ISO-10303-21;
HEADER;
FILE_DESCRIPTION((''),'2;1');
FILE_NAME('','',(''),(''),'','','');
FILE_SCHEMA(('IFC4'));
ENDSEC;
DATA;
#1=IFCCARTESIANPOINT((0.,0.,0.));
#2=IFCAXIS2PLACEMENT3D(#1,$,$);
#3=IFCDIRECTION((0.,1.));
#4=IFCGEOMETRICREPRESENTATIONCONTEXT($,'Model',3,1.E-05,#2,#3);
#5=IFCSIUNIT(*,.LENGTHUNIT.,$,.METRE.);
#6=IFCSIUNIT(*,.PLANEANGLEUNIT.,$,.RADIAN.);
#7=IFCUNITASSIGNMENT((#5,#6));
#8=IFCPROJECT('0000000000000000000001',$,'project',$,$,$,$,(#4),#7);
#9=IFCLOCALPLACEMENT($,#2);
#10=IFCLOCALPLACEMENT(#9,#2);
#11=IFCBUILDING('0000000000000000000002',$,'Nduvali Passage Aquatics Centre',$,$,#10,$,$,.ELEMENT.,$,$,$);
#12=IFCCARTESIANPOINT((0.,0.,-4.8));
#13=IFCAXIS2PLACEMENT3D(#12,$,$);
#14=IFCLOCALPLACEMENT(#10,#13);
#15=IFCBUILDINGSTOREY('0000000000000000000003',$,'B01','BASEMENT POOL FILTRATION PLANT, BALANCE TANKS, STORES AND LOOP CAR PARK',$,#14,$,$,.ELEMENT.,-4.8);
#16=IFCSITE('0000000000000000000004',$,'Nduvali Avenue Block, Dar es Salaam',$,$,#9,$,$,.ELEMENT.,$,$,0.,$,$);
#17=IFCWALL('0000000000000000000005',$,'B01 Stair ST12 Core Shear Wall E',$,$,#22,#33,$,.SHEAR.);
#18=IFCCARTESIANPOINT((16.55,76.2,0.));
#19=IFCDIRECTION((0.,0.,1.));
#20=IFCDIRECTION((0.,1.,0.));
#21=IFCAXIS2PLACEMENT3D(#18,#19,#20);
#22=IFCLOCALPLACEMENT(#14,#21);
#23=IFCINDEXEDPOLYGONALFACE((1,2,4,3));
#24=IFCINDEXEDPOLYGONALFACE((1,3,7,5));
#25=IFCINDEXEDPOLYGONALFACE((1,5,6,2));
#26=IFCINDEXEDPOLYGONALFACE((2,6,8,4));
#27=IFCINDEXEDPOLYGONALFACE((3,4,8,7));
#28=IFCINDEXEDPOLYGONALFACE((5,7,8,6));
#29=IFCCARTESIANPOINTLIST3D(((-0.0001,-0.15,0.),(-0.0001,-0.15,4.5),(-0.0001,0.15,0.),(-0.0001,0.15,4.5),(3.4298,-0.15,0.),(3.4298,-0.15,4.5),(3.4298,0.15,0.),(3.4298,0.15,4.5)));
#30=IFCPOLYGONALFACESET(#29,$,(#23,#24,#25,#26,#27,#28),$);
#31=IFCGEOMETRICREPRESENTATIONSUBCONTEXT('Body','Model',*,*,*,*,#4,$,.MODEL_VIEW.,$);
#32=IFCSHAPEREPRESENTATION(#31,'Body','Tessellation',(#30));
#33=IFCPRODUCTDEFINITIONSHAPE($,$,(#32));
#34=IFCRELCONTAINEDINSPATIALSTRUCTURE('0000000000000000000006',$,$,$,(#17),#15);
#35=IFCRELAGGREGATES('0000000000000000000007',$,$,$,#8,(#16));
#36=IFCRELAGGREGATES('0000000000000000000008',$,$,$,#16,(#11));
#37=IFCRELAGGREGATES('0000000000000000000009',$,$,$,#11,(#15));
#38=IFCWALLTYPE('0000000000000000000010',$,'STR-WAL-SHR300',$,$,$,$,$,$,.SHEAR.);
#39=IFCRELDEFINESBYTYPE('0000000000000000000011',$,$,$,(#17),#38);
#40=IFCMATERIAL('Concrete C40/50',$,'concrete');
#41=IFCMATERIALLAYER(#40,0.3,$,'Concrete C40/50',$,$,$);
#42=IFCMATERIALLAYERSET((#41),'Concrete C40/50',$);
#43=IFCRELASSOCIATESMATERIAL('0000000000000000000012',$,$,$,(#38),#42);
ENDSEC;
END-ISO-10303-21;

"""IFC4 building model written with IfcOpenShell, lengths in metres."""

from ifc_helpers import new_model, si_unit, direction, frame, frame_2d, origin, place, context, subcontext, project, spatial, rectangle, extrude, material, layer, layer_set, type_object, element, save


model = new_model("IFC4")

# Units and contexts
model_context = context("Model", 3, precision=1e-05, world=origin(), true_north=direction((0.0, 1.0)))
body_context = subcontext(model_context, "Body", "Model", "MODEL_VIEW")
ifc_project = project(units=[si_unit("LENGTHUNIT", "METRE"), si_unit("PLANEANGLEUNIT", "RADIAN")], contexts=[model_context])

# Site, building, storey
site_placement = place(None, origin())
site = spatial("IfcSite", under=ifc_project, at=site_placement, Name="Nduvali Avenue Block, Dar es Salaam", CompositionType="ELEMENT", RefElevation=0.0)
building_placement = place(site_placement, origin())
building = spatial("IfcBuilding", under=site, at=building_placement, Name="Nduvali Passage Aquatics Centre", CompositionType="ELEMENT")
storey_placement = place(building_placement, frame((0.0, 0.0, -4.8)))
storey = spatial("IfcBuildingStorey", under=building, at=storey_placement, Name="B01", Description="BASEMENT POOL FILTRATION PLANT, BALANCE TANKS, STORES AND LOOP CAR PARK", CompositionType="ELEMENT", Elevation=-4.8)

# Shared definitions
ifc_material_1 = material(Name="Concrete C40/50", Category="concrete")

# Wall
ifc_layer_1 = layer(ifc_material_1, 0.3, Name="Concrete C40/50")
ifc_layer_set_1 = layer_set([ifc_layer_1], Name="Concrete C40/50")
wall_type_1 = type_object("IfcWallType", Name="STR-WAL-SHR300", PredefinedType="SHEAR", material=ifc_layer_set_1)
wall_1_placement = place(storey_placement, frame((16.55, 76.2, 0.0), z_axis=(0.0, 0.0, 1.0), x_axis=(0.0, 1.0, 0.0)))
element("IfcWall", 1, at=wall_1_placement, inside=storey, type_object=wall_type_1, Name="B01 Stair ST12 Core Shear Wall E", PredefinedType="SHEAR", context=body_context, shape_type="SweptSolid", body=[
    extrude(rectangle(XDim=3.4299, YDim=0.3, at=frame_2d((1.7148, 0.0))), origin(), (0.0, 0.0, 1.0), 4.5),
])

save(model, "model.ifc")
